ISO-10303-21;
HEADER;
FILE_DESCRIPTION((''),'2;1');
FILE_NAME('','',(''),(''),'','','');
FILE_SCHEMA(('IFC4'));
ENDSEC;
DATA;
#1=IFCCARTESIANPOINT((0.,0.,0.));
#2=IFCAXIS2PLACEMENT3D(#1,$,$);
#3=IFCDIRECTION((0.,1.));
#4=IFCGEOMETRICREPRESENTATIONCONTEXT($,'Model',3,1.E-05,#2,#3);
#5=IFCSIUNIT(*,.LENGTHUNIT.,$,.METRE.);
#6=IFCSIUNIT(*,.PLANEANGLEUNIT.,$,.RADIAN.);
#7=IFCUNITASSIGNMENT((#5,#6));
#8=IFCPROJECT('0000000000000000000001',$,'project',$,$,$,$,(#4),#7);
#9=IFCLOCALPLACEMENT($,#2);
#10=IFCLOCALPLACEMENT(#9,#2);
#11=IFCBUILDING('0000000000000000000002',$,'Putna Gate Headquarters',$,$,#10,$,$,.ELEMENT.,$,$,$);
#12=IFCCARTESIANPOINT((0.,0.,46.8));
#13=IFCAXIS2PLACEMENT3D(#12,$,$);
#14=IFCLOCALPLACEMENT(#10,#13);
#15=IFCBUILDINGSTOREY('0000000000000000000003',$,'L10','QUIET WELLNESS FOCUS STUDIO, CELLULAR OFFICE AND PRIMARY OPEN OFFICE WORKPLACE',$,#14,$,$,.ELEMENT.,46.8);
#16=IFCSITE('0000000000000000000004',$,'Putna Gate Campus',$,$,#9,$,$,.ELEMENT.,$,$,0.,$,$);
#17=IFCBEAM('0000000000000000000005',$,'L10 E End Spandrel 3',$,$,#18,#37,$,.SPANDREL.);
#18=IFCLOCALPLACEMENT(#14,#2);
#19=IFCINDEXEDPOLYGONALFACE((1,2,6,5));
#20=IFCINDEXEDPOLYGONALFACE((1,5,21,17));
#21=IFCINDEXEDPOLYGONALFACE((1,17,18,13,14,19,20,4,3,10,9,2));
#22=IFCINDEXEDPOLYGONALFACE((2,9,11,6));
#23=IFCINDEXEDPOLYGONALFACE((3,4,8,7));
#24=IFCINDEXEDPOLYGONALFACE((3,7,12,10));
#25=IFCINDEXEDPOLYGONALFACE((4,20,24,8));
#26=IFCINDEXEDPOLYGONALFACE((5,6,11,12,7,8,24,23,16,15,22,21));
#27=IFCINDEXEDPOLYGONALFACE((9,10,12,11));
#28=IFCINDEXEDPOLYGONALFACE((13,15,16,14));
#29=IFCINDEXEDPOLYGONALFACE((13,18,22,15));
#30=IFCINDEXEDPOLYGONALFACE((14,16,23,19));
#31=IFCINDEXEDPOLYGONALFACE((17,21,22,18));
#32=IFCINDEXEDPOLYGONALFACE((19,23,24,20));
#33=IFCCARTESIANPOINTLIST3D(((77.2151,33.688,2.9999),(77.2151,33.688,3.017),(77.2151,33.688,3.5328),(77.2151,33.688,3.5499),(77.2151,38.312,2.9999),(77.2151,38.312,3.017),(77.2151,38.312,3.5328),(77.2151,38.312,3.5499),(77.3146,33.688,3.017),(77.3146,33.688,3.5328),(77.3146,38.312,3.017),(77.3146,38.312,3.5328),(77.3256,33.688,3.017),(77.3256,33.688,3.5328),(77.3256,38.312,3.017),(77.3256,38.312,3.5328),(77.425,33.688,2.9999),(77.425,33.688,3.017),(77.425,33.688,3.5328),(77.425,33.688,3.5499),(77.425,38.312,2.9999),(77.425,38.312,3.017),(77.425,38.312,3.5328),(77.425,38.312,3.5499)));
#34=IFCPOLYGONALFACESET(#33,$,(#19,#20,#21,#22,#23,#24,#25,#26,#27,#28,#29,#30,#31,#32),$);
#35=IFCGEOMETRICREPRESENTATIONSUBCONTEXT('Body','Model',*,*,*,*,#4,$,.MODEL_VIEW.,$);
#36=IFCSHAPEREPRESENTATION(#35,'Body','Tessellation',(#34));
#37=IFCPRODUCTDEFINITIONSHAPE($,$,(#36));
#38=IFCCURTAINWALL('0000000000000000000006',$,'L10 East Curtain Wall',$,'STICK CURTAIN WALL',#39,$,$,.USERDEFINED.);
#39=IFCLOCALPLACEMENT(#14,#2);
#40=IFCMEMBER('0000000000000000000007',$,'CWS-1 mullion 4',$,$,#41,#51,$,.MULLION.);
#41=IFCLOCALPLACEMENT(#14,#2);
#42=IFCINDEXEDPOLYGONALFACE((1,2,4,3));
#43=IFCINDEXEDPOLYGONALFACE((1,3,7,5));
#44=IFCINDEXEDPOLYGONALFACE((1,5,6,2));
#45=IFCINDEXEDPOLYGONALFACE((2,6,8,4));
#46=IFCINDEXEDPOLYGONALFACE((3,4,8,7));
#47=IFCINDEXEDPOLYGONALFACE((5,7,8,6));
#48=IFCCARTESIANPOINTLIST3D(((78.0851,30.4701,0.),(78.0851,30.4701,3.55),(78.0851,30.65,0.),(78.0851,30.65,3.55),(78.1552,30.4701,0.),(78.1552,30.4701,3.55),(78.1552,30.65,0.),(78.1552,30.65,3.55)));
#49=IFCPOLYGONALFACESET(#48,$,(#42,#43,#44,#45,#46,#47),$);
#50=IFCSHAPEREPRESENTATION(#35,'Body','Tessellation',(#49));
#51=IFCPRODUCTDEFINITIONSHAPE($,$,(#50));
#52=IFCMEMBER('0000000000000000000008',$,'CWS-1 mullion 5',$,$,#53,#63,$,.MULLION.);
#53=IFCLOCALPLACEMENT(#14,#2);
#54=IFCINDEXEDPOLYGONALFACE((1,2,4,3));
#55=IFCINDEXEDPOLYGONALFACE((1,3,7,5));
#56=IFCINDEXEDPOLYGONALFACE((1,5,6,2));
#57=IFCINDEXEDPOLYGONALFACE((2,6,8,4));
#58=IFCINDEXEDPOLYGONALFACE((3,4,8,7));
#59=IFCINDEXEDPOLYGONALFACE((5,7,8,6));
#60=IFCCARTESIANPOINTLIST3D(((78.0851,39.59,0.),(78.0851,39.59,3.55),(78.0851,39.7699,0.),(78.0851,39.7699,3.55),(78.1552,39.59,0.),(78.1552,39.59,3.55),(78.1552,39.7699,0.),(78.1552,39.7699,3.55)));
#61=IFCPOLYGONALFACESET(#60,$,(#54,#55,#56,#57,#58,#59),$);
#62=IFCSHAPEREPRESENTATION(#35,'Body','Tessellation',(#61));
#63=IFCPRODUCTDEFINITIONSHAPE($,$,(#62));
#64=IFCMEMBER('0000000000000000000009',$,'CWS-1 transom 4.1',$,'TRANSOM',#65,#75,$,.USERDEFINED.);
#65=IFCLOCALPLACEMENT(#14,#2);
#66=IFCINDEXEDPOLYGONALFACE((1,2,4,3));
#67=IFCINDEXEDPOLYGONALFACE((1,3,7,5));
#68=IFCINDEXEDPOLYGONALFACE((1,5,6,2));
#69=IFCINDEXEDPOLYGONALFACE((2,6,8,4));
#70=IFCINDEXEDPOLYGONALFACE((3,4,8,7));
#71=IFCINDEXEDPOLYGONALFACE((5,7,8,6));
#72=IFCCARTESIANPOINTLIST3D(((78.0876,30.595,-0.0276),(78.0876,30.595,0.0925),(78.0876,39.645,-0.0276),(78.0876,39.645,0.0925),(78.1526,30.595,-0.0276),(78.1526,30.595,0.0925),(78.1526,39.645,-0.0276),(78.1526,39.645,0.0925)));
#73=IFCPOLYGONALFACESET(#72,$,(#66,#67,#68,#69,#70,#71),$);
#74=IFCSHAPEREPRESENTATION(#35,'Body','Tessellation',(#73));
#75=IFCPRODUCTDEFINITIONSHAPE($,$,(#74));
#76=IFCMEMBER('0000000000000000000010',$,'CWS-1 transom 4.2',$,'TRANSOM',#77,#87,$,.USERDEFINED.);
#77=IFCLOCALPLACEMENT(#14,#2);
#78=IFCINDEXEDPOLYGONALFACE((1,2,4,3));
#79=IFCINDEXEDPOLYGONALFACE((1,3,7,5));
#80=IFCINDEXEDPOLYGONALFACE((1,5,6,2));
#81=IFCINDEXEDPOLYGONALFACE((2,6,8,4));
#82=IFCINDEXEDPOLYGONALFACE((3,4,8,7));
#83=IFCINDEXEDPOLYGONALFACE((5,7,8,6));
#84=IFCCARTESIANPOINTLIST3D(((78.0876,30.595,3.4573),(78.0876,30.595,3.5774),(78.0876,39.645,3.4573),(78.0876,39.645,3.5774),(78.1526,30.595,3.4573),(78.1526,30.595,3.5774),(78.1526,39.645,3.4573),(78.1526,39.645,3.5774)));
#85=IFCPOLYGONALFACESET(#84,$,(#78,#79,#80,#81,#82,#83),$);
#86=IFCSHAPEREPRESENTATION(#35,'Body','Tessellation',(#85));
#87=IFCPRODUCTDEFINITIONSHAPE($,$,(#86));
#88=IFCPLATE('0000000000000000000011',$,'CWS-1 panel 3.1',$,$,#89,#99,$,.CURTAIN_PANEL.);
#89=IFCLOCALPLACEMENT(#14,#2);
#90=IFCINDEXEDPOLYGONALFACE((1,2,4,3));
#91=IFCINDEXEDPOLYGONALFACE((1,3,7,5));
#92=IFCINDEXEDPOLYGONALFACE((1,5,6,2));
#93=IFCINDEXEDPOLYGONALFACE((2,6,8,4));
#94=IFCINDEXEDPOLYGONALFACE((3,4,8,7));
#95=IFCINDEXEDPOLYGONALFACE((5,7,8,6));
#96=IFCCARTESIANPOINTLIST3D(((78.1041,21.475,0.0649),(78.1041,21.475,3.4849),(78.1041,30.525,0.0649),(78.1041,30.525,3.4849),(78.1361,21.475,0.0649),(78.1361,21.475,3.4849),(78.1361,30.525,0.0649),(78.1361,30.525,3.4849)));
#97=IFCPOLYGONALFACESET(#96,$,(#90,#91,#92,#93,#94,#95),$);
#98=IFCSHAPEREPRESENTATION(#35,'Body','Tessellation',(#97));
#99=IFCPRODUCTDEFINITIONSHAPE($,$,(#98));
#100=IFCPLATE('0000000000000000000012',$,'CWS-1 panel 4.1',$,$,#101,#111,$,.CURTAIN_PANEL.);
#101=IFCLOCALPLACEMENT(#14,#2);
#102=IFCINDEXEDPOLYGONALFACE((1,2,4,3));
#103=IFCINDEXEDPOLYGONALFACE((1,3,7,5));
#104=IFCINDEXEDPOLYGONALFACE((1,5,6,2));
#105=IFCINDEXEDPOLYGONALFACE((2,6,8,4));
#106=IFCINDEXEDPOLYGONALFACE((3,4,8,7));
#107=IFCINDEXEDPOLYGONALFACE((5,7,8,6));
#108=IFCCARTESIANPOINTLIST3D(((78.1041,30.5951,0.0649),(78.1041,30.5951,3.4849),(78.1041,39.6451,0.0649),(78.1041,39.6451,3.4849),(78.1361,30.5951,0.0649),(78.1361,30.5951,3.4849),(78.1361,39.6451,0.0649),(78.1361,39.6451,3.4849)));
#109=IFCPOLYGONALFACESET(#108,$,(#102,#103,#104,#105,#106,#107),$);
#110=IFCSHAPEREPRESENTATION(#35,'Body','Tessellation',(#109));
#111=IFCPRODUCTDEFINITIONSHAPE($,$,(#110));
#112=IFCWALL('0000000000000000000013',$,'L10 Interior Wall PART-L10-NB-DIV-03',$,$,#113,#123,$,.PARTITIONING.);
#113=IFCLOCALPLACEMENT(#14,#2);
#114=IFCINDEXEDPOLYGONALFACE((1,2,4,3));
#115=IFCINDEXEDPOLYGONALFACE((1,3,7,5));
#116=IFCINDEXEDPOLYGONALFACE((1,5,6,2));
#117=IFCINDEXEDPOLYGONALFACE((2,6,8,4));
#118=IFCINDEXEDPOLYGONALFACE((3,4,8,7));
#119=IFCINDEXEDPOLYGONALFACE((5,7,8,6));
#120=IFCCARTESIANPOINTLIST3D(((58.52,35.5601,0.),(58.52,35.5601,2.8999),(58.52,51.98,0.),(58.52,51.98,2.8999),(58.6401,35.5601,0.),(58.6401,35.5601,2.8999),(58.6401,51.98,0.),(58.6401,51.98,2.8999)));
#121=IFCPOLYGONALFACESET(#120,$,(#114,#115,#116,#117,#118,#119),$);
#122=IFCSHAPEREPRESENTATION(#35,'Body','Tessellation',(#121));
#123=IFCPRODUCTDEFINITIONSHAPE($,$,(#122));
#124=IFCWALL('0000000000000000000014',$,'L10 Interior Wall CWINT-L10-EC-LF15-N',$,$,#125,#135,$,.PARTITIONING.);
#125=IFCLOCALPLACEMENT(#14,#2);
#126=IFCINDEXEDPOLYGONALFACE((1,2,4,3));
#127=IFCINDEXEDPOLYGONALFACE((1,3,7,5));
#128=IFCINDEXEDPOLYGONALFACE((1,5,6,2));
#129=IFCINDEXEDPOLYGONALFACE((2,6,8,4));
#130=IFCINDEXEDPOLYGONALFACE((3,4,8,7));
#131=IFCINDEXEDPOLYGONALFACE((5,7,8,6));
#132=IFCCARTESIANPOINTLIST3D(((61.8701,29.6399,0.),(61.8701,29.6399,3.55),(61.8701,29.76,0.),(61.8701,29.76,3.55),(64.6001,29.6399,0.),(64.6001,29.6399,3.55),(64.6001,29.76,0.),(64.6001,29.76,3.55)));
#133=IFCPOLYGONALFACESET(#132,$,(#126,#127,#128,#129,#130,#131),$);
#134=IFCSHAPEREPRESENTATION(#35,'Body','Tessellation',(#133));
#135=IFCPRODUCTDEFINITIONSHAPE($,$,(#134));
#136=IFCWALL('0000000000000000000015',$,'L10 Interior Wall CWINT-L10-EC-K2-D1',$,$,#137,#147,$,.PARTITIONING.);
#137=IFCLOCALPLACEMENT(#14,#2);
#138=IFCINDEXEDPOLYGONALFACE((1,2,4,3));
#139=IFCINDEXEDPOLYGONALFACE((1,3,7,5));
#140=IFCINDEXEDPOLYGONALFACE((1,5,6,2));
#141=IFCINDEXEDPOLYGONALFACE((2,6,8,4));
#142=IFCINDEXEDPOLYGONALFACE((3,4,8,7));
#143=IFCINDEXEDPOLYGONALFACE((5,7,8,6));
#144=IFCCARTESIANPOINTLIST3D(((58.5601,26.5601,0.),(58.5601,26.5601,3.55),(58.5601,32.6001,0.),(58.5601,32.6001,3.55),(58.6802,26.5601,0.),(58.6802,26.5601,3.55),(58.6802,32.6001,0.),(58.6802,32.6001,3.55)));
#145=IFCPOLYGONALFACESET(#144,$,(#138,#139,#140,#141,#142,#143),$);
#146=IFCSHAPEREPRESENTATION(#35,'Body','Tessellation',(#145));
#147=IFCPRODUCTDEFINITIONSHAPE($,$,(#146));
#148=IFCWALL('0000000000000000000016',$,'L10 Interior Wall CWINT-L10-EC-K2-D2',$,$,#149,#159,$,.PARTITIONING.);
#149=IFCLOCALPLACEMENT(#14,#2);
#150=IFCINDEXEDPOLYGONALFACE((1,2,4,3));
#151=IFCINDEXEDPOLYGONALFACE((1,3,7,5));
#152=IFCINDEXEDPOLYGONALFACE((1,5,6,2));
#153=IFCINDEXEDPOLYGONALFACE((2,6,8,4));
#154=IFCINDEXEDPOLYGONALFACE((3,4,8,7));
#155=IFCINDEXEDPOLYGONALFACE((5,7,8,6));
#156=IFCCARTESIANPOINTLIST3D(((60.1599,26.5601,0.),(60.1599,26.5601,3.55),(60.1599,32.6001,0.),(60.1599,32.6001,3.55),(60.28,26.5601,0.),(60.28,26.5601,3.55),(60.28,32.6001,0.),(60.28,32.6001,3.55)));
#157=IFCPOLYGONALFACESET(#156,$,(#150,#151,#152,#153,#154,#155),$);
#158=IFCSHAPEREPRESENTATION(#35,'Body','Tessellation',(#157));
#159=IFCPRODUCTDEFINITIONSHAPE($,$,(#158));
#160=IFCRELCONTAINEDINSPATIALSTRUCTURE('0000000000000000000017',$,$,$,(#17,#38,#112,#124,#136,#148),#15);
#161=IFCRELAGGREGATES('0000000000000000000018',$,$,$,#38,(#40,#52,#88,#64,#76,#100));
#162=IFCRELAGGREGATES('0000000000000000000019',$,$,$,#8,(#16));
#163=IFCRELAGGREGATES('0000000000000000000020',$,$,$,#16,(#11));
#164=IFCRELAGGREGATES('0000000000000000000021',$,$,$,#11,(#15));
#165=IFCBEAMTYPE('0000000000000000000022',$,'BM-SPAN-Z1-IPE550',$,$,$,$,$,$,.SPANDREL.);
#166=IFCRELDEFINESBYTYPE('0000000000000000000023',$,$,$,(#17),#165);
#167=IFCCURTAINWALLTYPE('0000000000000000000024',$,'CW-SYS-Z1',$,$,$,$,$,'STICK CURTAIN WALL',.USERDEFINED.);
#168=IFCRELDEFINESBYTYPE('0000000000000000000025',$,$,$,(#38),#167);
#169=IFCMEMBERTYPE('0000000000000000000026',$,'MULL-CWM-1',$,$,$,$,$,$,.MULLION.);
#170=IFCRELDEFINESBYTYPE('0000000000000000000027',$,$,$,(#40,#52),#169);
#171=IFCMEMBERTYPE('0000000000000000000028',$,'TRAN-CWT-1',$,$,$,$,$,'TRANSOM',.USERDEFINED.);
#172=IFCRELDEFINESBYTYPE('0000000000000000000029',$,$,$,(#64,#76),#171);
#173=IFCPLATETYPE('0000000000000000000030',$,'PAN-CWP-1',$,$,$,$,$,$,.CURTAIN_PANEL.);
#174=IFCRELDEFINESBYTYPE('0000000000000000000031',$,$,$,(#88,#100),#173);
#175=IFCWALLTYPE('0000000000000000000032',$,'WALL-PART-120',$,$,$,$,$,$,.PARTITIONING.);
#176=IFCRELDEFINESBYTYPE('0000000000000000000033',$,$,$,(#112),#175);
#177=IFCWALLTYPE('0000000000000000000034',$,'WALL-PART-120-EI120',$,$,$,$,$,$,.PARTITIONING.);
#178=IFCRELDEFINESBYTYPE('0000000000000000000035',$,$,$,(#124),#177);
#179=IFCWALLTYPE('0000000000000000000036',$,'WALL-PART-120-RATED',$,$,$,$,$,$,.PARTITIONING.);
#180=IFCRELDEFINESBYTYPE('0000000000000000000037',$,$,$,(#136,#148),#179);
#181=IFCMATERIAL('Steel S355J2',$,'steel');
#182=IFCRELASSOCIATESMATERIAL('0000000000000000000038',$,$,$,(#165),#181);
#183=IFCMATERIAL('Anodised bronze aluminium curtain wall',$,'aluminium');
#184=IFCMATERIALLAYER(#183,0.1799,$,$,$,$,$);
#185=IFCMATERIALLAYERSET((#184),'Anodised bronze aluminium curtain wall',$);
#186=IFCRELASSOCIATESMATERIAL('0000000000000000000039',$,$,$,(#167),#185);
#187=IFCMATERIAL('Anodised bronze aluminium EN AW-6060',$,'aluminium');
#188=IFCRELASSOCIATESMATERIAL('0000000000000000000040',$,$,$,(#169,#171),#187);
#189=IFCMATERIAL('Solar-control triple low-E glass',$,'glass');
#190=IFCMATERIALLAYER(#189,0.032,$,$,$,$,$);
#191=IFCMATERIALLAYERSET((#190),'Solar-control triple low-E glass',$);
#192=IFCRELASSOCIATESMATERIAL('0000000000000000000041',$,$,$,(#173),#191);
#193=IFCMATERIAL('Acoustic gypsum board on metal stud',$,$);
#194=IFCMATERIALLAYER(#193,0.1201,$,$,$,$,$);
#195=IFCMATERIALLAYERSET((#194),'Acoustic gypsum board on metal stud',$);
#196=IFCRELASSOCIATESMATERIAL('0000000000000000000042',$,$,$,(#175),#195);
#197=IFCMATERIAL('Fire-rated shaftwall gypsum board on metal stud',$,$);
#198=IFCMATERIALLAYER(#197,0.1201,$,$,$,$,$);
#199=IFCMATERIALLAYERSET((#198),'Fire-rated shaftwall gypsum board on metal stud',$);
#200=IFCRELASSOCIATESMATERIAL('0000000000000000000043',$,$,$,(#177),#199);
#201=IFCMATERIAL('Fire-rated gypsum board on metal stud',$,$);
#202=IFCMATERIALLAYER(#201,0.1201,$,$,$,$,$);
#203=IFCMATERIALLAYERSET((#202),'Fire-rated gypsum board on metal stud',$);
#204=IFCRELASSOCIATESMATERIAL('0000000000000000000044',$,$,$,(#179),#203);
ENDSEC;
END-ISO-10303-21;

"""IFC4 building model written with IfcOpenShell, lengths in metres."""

from ifc_helpers import new_model, si_unit, direction, frame, frame_2d, origin, origin_2d, place, context, subcontext, project, spatial, rectangle, i_section, extrude, material, layer, layer_set, material_profile, profile_set, type_object, element, aggregate, save


model = new_model("IFC4")

# Units and contexts
model_context = context("Model", 3, precision=1e-05, world=origin(), true_north=direction((0.0, 1.0)))
body_context = subcontext(model_context, "Body", "Model", "MODEL_VIEW")
ifc_project = project(units=[si_unit("LENGTHUNIT", "METRE"), si_unit("PLANEANGLEUNIT", "RADIAN")], contexts=[model_context])

# Site, building, storey
site_placement = place(None, origin())
site = spatial("IfcSite", under=ifc_project, at=site_placement, Name="Putna Gate Campus", CompositionType="ELEMENT", RefElevation=0.0)
building_placement = place(site_placement, origin())
building = spatial("IfcBuilding", under=site, at=building_placement, Name="Putna Gate Headquarters", CompositionType="ELEMENT")
storey_placement = place(building_placement, frame((0.0, 0.0, 46.8)))
storey = spatial("IfcBuildingStorey", under=building, at=storey_placement, Name="L10", Description="QUIET WELLNESS FOCUS STUDIO, CELLULAR OFFICE AND PRIMARY OPEN OFFICE WORKPLACE", CompositionType="ELEMENT", Elevation=46.8)

# Beam
ifc_material_1 = material(Name="Steel S355J2", Category="steel")
ifc_material_profile_1 = material_profile(ifc_material_1, i_section(OverallWidth=0.21, OverallDepth=0.55, WebThickness=0.011, FlangeThickness=0.0171, at=origin_2d()), Name="Steel S355J2")
ifc_profile_set_1 = profile_set([ifc_material_profile_1], Name="Steel S355J2")
beam_type_1 = type_object("IfcBeamType", Name="BM-SPAN-Z1-IPE550", PredefinedType="SPANDREL", material=ifc_profile_set_1)
beam_1_placement = place(storey_placement, frame((77.3201, 33.688, 3.2749), z_axis=(0.0, 1.0, 0.0), x_axis=(-1.0, 0.0, 0.0)))
element("IfcBeam", 1, at=beam_1_placement, inside=storey, type_object=beam_type_1, Name="L10 E End Spandrel 3", PredefinedType="SPANDREL", context=body_context, shape_type="SweptSolid", body=[
    extrude(i_section(OverallWidth=0.21, OverallDepth=0.55, WebThickness=0.011, FlangeThickness=0.0171, at=origin_2d()), origin(), (0.0, 0.0, 1.0), 4.624),
])

# Curtain wall, members, plates
ifc_material_2 = material(Name="Anodised bronze aluminium curtain wall", Category="aluminium")
ifc_layer_1 = layer(ifc_material_2, 0.1799)
ifc_layer_set_1 = layer_set([ifc_layer_1], Name="Anodised bronze aluminium curtain wall")
curtain_wall_type = type_object("IfcCurtainWallType", Name="CW-SYS-Z1", ElementType="STICK CURTAIN WALL", PredefinedType="USERDEFINED", material=ifc_layer_set_1)
curtain_wall_placement = place(storey_placement, origin())
curtain_wall = element("IfcCurtainWall", 2, at=curtain_wall_placement, inside=storey, type_object=curtain_wall_type, Name="L10 East Curtain Wall", ObjectType="STICK CURTAIN WALL", PredefinedType="USERDEFINED")
ifc_material_3 = material(Name="Anodised bronze aluminium EN AW-6060", Category="aluminium")
ifc_material_profile_2 = material_profile(ifc_material_3, rectangle(XDim=0.0701, YDim=0.1799, at=origin_2d()), Name="Anodised bronze aluminium EN AW-6060")
ifc_profile_set_2 = profile_set([ifc_material_profile_2], Name="Anodised bronze aluminium EN AW-6060")
member_type_1 = type_object("IfcMemberType", Name="MULL-CWM-1", PredefinedType="MULLION", material=ifc_profile_set_2)
member_1_placement = place(storey_placement, frame((78.1201, 30.5601, 0.0), z_axis=(0.0, 0.0, 1.0), x_axis=(-1.0, 0.0, 0.0)))
member_1 = element("IfcMember", 3, at=member_1_placement, type_object=member_type_1, Name="CWS-1 mullion 4", PredefinedType="MULLION", context=body_context, shape_type="SweptSolid", body=[
    extrude(rectangle(XDim=0.0701, YDim=0.1799, at=origin_2d()), origin(), (0.0, 0.0, 1.0), 3.55),
])
member_2_placement = place(storey_placement, frame((78.1201, 39.6799, 0.0), z_axis=(0.0, 0.0, 1.0), x_axis=(-1.0, 0.0, 0.0)))
member_2 = element("IfcMember", 4, at=member_2_placement, type_object=member_type_1, Name="CWS-1 mullion 5", PredefinedType="MULLION", context=body_context, shape_type="SweptSolid", body=[
    extrude(rectangle(XDim=0.0701, YDim=0.1799, at=origin_2d()), origin(), (0.0, 0.0, 1.0), 3.55),
])
ifc_material_profile_3 = material_profile(ifc_material_3, rectangle(XDim=0.0649, YDim=0.1201, at=origin_2d()), Name="Anodised bronze aluminium EN AW-6060")
ifc_profile_set_3 = profile_set([ifc_material_profile_3], Name="Anodised bronze aluminium EN AW-6060")
member_type_2 = type_object("IfcMemberType", Name="TRAN-CWT-1", ElementType="TRANSOM", PredefinedType="USERDEFINED", material=ifc_profile_set_3)
member_3_placement = place(storey_placement, frame((78.1201, 30.595, 0.0325), z_axis=(0.0, 1.0, 0.0), x_axis=(-1.0, 0.0, 0.0)))
member_3 = element("IfcMember", 5, at=member_3_placement, type_object=member_type_2, Name="CWS-1 transom 4.1", ObjectType="TRANSOM", PredefinedType="USERDEFINED", context=body_context, shape_type="SweptSolid", body=[
    extrude(rectangle(XDim=0.0649, YDim=0.1201, at=origin_2d()), origin(), (0.0, 0.0, 1.0), 9.05),
])
member_4_placement = place(storey_placement, frame((78.1201, 30.595, 3.5173), z_axis=(0.0, 1.0, 0.0), x_axis=(-1.0, 0.0, 0.0)))
member_4 = element("IfcMember", 6, at=member_4_placement, type_object=member_type_2, Name="CWS-1 transom 4.2", ObjectType="TRANSOM", PredefinedType="USERDEFINED", context=body_context, shape_type="SweptSolid", body=[
    extrude(rectangle(XDim=0.0649, YDim=0.1201, at=origin_2d()), origin(), (0.0, 0.0, 1.0), 9.05),
])
ifc_material_4 = material(Name="Solar-control triple low-E glass", Category="glass")
ifc_layer_2 = layer(ifc_material_4, 0.032)
ifc_layer_set_2 = layer_set([ifc_layer_2], Name="Solar-control triple low-E glass")
plate_type = type_object("IfcPlateType", Name="PAN-CWP-1", PredefinedType="CURTAIN_PANEL", material=ifc_layer_set_2)
plate_1_placement = place(storey_placement, frame((78.1201, 26.0, 0.0649), z_axis=(0.0, 0.0, 1.0), x_axis=(0.0, 1.0, 0.0)))
plate_1 = element("IfcPlate", 7, at=plate_1_placement, type_object=plate_type, Name="CWS-1 panel 3.1", PredefinedType="CURTAIN_PANEL", context=body_context, shape_type="SweptSolid", body=[
    extrude(rectangle(XDim=9.05, YDim=0.032, at=origin_2d()), origin(), (0.0, 0.0, 1.0), 3.4199),
])
plate_2_placement = place(storey_placement, frame((78.1201, 35.1201, 0.0649), z_axis=(0.0, 0.0, 1.0), x_axis=(0.0, 1.0, 0.0)))
plate_2 = element("IfcPlate", 8, at=plate_2_placement, type_object=plate_type, Name="CWS-1 panel 4.1", PredefinedType="CURTAIN_PANEL", context=body_context, shape_type="SweptSolid", body=[
    extrude(rectangle(XDim=9.05, YDim=0.032, at=origin_2d()), origin(), (0.0, 0.0, 1.0), 3.4199),
])
aggregate(curtain_wall, [member_1, member_2, plate_1, member_3, member_4, plate_2])

# Walls
ifc_material_5 = material(Name="Acoustic gypsum board on metal stud")
ifc_layer_3 = layer(ifc_material_5, 0.1201)
ifc_layer_set_3 = layer_set([ifc_layer_3], Name="Acoustic gypsum board on metal stud")
wall_type_1 = type_object("IfcWallType", Name="WALL-PART-120", PredefinedType="PARTITIONING", material=ifc_layer_set_3)
wall_1_placement = place(storey_placement, frame((58.5801, 35.5601, 0.0), z_axis=(0.0, 0.0, 1.0), x_axis=(0.0, 1.0, 0.0)))
element("IfcWall", 9, at=wall_1_placement, inside=storey, type_object=wall_type_1, Name="L10 Interior Wall PART-L10-NB-DIV-03", PredefinedType="PARTITIONING", context=body_context, shape_type="SweptSolid", body=[
    extrude(rectangle(XDim=16.4199, YDim=0.1201, at=frame_2d((8.21, 0.0))), origin(), (0.0, 0.0, 1.0), 2.8999),
])
ifc_material_6 = material(Name="Fire-rated shaftwall gypsum board on metal stud")
ifc_layer_4 = layer(ifc_material_6, 0.1201)
ifc_layer_set_4 = layer_set([ifc_layer_4], Name="Fire-rated shaftwall gypsum board on metal stud")
wall_type_2 = type_object("IfcWallType", Name="WALL-PART-120-EI120", PredefinedType="PARTITIONING", material=ifc_layer_set_4)
wall_2_placement = place(storey_placement, frame((61.8701, 29.7, 0.0), z_axis=(0.0, 0.0, 1.0), x_axis=(1.0, 0.0, 0.0)))
element("IfcWall", 10, at=wall_2_placement, inside=storey, type_object=wall_type_2, Name="L10 Interior Wall CWINT-L10-EC-LF15-N", PredefinedType="PARTITIONING", context=body_context, shape_type="SweptSolid", body=[
    extrude(rectangle(XDim=2.73, YDim=0.1201, at=frame_2d((1.365, 0.0))), origin(), (0.0, 0.0, 1.0), 3.55),
])
ifc_material_7 = material(Name="Fire-rated gypsum board on metal stud")
ifc_layer_5 = layer(ifc_material_7, 0.1201)
ifc_layer_set_5 = layer_set([ifc_layer_5], Name="Fire-rated gypsum board on metal stud")
wall_type_3 = type_object("IfcWallType", Name="WALL-PART-120-RATED", PredefinedType="PARTITIONING", material=ifc_layer_set_5)
for number, where, z_axis, x_axis, name in (
    (11, (58.6201, 26.5601, 0.0), (0.0, 0.0, 1.0), (0.0, 1.0, 0.0), "L10 Interior Wall CWINT-L10-EC-K2-D1"),
    (12, (60.22, 26.5601, 0.0), (0.0, 0.0, 1.0), (0.0, 1.0, 0.0), "L10 Interior Wall CWINT-L10-EC-K2-D2"),
):
    element("IfcWall", number, at=place(storey_placement, frame(where, z_axis=z_axis, x_axis=x_axis)), inside=storey, type_object=wall_type_3, Name=name, PredefinedType="PARTITIONING", context=body_context, shape_type="SweptSolid", body=[
        extrude(rectangle(XDim=6.04, YDim=0.1201, at=frame_2d((3.02, 0.0))), origin(), (0.0, 0.0, 1.0), 3.55),
    ])

save(model, "model.ifc")
